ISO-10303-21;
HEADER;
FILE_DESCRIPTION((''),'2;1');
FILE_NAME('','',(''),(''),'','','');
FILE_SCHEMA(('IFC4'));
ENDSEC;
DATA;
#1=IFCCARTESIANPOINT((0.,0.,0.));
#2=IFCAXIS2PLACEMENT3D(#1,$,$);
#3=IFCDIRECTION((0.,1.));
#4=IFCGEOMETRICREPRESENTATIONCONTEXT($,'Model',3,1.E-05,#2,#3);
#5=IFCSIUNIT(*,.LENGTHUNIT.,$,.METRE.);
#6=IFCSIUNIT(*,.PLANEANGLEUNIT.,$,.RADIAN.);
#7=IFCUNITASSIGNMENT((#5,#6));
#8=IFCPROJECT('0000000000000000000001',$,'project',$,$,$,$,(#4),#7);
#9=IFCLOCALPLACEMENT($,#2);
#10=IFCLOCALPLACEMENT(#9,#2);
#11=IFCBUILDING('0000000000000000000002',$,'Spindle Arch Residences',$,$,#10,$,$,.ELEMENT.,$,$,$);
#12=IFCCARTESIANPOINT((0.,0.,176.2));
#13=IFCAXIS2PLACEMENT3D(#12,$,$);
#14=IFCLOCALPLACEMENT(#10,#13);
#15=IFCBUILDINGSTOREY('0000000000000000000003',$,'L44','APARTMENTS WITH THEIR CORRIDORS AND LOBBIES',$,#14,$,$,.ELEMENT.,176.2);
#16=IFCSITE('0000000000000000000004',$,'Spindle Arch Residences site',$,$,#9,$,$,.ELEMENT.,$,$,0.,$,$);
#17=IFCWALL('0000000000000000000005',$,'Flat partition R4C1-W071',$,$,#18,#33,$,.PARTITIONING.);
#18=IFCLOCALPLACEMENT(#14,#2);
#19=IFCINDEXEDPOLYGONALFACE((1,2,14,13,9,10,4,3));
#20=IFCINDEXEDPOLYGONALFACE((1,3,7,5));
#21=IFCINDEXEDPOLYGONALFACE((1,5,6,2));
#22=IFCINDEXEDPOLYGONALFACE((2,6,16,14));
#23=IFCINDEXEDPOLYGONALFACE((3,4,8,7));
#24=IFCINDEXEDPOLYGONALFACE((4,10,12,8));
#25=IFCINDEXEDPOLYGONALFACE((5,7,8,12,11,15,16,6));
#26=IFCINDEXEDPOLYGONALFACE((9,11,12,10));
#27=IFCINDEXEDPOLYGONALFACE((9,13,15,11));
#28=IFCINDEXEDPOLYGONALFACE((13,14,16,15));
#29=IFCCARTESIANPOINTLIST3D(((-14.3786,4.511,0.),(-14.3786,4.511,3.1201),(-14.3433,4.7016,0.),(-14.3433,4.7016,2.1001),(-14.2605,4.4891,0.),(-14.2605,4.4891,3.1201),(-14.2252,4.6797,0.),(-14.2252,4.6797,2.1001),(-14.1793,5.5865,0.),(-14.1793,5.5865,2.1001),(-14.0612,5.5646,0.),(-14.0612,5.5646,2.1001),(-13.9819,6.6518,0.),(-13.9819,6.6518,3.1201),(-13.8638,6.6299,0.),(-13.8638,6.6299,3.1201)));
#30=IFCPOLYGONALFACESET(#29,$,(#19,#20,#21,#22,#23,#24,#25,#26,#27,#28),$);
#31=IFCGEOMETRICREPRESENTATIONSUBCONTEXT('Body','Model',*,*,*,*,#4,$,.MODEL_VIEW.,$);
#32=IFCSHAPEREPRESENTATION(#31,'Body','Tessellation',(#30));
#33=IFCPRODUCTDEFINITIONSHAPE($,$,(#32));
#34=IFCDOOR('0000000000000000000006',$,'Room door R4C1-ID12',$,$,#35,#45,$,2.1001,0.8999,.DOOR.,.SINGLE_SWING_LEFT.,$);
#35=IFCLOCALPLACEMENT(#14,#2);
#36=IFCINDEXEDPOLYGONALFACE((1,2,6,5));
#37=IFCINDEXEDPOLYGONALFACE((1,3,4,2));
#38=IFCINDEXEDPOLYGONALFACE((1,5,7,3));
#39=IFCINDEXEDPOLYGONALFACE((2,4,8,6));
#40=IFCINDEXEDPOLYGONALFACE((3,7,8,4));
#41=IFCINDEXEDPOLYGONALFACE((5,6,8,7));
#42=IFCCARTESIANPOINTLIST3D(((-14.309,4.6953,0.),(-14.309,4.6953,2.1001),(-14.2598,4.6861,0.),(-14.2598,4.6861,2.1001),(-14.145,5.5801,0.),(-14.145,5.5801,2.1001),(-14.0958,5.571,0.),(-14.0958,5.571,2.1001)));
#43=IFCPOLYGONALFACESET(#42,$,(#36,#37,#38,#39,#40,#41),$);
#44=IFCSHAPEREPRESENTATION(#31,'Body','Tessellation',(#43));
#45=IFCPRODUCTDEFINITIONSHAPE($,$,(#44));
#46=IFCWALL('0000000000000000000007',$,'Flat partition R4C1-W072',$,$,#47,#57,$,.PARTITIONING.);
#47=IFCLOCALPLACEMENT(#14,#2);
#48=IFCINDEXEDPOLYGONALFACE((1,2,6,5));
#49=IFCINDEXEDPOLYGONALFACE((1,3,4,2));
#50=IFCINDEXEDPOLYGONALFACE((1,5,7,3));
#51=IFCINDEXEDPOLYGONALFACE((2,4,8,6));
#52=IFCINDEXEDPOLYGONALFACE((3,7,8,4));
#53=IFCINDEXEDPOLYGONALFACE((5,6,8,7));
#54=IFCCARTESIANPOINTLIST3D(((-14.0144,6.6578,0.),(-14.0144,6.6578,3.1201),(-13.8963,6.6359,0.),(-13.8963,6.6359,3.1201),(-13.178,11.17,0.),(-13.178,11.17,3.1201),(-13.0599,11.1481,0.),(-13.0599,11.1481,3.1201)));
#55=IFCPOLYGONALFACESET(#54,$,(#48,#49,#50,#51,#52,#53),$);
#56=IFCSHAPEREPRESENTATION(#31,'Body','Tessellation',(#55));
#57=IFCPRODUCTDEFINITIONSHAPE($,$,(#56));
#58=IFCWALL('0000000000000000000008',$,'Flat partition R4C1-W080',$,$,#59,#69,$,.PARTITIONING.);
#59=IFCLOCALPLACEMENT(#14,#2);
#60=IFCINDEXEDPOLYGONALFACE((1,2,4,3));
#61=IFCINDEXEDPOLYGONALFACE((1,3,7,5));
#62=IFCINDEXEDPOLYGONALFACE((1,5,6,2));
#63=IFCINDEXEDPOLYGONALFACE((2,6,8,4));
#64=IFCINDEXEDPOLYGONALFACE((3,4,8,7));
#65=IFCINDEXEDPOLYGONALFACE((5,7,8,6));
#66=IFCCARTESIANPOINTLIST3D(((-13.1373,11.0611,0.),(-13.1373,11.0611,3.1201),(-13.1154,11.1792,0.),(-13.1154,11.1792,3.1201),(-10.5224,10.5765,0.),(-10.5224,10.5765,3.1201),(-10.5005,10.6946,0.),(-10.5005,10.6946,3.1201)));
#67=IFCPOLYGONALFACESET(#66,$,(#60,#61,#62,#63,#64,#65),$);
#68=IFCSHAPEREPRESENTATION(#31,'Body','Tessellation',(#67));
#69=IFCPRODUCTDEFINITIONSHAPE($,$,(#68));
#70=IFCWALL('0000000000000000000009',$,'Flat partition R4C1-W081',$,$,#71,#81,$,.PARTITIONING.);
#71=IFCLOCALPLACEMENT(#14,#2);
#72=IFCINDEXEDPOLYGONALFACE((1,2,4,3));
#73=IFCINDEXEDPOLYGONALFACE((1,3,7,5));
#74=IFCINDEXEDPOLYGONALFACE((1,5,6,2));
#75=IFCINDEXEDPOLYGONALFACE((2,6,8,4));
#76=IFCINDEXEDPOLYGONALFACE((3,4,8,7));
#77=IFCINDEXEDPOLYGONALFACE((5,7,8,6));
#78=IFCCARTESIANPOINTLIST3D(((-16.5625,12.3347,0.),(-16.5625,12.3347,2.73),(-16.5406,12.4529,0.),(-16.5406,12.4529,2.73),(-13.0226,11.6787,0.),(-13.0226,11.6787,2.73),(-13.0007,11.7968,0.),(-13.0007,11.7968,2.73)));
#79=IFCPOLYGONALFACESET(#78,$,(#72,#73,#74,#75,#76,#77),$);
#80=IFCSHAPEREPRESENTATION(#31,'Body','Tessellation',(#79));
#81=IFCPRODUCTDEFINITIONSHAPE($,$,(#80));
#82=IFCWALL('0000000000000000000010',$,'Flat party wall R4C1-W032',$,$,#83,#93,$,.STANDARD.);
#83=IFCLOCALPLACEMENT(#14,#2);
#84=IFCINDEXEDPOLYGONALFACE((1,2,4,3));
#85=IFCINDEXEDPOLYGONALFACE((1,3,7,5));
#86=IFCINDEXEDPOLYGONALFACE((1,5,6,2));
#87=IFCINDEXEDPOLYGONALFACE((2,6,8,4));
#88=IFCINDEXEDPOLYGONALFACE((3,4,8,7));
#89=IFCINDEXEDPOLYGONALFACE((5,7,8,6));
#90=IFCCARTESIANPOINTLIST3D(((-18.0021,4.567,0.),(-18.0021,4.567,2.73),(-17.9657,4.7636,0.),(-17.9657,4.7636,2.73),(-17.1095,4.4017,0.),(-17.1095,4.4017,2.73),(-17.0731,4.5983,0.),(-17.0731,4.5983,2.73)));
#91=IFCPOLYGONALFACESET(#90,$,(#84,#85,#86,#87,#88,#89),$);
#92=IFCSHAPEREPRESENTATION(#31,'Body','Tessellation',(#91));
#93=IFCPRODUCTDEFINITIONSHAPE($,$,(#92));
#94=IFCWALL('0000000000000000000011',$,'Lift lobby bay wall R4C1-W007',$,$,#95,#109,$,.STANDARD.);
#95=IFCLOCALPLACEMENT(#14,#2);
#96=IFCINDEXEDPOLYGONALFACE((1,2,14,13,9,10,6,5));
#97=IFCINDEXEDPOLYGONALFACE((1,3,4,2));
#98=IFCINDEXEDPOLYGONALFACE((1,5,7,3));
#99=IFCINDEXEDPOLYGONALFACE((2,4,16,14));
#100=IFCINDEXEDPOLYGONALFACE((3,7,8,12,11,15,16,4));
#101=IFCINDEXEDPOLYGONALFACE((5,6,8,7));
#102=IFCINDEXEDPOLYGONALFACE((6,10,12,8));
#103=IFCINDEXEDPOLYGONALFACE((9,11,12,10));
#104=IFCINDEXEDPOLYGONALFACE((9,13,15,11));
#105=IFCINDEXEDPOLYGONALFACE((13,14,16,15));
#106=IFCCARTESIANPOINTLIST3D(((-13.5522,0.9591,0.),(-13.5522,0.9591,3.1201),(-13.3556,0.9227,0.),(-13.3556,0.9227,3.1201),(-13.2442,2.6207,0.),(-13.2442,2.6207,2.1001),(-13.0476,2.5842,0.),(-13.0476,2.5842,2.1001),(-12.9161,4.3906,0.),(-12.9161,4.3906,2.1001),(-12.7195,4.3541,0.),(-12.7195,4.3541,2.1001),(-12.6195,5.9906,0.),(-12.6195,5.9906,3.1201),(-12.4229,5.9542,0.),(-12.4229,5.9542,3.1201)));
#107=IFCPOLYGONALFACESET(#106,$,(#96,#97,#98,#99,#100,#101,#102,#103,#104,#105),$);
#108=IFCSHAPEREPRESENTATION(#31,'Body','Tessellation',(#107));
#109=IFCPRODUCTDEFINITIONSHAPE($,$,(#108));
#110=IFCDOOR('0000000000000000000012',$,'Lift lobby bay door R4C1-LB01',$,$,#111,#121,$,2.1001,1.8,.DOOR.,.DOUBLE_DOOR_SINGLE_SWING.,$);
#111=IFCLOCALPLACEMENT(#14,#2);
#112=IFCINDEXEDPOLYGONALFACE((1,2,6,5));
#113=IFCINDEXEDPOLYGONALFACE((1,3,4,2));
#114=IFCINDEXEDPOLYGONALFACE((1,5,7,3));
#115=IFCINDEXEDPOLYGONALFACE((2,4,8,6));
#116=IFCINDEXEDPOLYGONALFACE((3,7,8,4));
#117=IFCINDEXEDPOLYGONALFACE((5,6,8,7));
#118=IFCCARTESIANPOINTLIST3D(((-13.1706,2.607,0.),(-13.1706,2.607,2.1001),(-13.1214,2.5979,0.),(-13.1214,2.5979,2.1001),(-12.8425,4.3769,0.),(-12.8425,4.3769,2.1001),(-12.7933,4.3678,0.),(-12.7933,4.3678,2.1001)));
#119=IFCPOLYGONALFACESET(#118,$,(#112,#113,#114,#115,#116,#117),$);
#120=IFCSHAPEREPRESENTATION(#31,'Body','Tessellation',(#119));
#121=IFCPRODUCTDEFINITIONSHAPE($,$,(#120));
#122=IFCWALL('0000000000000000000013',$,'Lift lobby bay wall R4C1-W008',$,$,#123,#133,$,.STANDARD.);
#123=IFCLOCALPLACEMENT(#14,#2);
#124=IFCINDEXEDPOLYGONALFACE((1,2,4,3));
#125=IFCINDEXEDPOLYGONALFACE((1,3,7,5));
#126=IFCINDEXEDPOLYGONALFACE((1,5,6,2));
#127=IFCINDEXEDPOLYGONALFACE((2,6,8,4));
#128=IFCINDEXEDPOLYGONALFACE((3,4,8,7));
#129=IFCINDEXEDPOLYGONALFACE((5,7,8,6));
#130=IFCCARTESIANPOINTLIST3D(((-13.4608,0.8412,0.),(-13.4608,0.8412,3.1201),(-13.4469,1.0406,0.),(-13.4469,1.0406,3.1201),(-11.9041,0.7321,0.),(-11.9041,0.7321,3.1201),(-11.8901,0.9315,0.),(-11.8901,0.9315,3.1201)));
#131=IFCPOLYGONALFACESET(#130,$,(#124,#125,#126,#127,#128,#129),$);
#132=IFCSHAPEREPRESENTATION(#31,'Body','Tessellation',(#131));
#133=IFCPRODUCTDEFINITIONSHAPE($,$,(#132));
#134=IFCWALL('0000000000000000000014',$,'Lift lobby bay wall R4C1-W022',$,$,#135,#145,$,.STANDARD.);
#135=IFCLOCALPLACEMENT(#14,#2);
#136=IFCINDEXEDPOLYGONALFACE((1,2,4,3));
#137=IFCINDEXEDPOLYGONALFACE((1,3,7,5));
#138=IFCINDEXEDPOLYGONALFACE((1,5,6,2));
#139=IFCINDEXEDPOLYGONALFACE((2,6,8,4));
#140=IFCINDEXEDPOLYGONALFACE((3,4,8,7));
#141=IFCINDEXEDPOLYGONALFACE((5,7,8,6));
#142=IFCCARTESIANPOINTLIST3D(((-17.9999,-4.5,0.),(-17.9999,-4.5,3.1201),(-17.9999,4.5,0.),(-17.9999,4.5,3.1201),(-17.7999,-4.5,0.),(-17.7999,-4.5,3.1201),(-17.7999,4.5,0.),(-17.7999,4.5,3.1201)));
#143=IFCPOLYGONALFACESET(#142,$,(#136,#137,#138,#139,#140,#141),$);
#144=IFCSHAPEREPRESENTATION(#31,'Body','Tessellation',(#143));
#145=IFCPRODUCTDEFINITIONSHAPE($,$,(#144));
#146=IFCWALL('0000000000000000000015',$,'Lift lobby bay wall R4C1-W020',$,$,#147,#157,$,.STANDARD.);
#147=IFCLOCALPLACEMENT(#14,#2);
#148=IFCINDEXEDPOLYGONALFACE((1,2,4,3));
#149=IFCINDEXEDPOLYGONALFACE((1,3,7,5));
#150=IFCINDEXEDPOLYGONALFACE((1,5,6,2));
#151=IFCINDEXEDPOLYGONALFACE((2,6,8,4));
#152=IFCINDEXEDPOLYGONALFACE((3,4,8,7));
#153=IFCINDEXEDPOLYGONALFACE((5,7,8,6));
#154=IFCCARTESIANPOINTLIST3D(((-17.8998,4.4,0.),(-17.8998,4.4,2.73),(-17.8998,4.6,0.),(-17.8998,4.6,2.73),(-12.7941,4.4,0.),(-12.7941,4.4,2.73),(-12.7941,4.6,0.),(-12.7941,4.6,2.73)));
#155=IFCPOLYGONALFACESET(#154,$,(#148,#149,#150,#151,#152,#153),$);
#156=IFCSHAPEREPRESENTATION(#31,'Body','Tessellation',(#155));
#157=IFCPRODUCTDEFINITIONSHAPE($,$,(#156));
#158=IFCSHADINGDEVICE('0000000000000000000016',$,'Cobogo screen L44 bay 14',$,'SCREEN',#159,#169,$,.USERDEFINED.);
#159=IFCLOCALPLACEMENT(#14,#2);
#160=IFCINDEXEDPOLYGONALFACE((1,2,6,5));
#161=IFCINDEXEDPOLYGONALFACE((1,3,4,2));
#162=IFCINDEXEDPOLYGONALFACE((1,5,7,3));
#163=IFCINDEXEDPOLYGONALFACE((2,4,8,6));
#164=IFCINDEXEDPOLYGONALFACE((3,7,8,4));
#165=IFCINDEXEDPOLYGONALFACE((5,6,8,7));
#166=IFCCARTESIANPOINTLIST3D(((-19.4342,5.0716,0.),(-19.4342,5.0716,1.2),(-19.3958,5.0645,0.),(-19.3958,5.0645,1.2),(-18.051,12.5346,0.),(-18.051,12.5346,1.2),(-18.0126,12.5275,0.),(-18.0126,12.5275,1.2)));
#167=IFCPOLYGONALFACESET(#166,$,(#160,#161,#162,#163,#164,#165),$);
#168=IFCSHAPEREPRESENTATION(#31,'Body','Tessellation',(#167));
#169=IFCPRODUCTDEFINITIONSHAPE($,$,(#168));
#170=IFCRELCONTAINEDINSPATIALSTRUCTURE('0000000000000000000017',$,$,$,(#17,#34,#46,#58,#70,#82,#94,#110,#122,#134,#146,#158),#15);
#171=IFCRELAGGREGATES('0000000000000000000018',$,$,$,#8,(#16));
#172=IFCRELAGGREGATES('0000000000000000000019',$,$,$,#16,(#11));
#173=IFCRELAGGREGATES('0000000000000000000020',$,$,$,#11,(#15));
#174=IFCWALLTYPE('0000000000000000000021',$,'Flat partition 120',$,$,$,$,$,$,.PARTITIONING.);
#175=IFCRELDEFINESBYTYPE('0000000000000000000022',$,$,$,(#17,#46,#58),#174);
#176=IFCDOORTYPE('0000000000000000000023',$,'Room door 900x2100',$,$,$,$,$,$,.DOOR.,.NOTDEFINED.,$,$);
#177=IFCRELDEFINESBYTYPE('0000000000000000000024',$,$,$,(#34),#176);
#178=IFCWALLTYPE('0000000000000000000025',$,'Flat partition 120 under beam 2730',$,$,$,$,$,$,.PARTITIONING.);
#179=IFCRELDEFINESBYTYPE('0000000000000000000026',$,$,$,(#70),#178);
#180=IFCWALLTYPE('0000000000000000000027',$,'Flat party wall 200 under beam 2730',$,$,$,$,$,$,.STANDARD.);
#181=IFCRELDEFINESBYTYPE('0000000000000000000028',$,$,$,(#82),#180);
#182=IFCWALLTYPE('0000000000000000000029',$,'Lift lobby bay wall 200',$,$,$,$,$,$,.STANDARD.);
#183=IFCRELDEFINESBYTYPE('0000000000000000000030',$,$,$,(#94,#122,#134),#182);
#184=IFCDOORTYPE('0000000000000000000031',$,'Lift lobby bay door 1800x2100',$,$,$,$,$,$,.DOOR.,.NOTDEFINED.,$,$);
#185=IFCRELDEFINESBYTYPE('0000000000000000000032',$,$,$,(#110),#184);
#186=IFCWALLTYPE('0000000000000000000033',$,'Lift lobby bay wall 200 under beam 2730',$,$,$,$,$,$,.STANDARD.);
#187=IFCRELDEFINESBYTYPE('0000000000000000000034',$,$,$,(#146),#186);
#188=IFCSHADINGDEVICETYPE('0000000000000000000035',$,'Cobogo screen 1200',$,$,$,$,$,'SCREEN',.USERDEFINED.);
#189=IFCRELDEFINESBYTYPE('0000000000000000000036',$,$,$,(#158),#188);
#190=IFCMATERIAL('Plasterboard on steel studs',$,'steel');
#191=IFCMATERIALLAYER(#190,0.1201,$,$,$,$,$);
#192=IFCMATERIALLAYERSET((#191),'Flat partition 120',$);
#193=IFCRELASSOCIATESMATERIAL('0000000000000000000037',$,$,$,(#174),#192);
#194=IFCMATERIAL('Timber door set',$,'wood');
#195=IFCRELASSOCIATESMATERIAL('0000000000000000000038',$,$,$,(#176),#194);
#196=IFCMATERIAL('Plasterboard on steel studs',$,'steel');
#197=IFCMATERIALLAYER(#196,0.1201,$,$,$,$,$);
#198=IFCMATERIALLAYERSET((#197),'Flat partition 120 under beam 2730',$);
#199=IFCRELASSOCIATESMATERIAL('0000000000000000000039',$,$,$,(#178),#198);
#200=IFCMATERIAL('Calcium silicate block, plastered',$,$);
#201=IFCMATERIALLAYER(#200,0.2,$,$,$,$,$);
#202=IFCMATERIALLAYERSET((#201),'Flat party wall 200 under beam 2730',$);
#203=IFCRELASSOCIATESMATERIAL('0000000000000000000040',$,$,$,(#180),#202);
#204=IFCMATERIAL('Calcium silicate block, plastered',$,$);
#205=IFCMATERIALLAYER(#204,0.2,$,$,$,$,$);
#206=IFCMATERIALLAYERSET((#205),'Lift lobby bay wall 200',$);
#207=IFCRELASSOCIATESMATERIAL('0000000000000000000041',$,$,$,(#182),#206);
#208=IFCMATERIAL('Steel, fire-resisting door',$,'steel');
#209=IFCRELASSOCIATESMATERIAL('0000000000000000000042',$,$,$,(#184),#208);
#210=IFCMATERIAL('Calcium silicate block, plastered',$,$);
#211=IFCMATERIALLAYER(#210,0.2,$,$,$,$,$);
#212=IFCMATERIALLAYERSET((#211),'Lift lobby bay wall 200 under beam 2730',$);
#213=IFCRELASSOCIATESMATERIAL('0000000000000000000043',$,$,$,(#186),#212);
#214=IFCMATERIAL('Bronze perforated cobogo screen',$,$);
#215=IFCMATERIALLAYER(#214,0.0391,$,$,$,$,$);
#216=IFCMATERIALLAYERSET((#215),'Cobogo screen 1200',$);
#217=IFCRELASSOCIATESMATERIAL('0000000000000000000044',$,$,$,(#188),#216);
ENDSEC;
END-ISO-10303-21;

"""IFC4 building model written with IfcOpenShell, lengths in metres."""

from ifc_helpers import new_model, si_unit, direction, frame, frame_2d, origin, origin_2d, place, context, subcontext, project, spatial, rectangle, extrude, material, layer, layer_set, type_object, element, fill, save


model = new_model("IFC4")

# Units and contexts
model_context = context("Model", 3, precision=1e-05, world=origin(), true_north=direction((0.0, 1.0)))
body_context = subcontext(model_context, "Body", "Model", "MODEL_VIEW")
ifc_project = project(units=[si_unit("LENGTHUNIT", "METRE"), si_unit("PLANEANGLEUNIT", "RADIAN")], contexts=[model_context])

# Site, building, storey
site_placement = place(None, origin())
site = spatial("IfcSite", under=ifc_project, at=site_placement, Name="Spindle Arch Residences site", CompositionType="ELEMENT", RefElevation=0.0)
building_placement = place(site_placement, origin())
building = spatial("IfcBuilding", under=site, at=building_placement, Name="Spindle Arch Residences", CompositionType="ELEMENT")
storey_placement = place(building_placement, frame((0.0, 0.0, 176.2)))
storey = spatial("IfcBuildingStorey", under=building, at=storey_placement, Name="L44", Description="APARTMENTS WITH THEIR CORRIDORS AND LOBBIES", CompositionType="ELEMENT", Elevation=176.2)

# Wall, opening, door
ifc_material_1 = material(Name="Plasterboard on steel studs", Category="steel")
ifc_layer_1 = layer(ifc_material_1, 0.1201)
ifc_layer_set_1 = layer_set([ifc_layer_1], Name="Flat partition 120")
wall_type_1 = type_object("IfcWallType", Name="Flat partition 120", PredefinedType="PARTITIONING", material=ifc_layer_set_1)
wall_1_placement = place(storey_placement, frame((-13.9229, 6.6409, 0.0), z_axis=(0.0, 0.0, 1.0), x_axis=(-0.18221, -0.98326, 0.0)))
wall_1 = element("IfcWall", 1, at=wall_1_placement, inside=storey, type_object=wall_type_1, Name="Flat partition R4C1-W071", PredefinedType="PARTITIONING", context=body_context, shape_type="SweptSolid", body=[
    extrude(rectangle(XDim=2.1772, YDim=0.1201, at=frame_2d((1.0886, 0.0))), origin(), (0.0, 0.0, 1.0), 3.1201),
])
opening_1_placement = place(wall_1_placement, frame((1.0835, 0.0, 0.0)))
opening_1 = element("IfcOpeningElement", 2, at=opening_1_placement, cuts=wall_1, PredefinedType="OPENING", context=body_context, shape_type="SweptSolid", body=[
    extrude(rectangle(XDim=0.8999, YDim=2.1001, at=frame_2d((0.45, 1.05))), frame((0.0, 0.0701, 0.0), z_axis=(0.0, -1.0, 0.0), x_axis=(1.0, 0.0, 0.0)), (0.0, 0.0, 1.0), 0.1401),
])
ifc_material_2 = material(Name="Timber door set", Category="wood")
door_type_1 = type_object("IfcDoorType", Name="Room door 900x2100", OperationType="NOTDEFINED", PredefinedType="DOOR", material=ifc_material_2)
door_1_placement = place(opening_1_placement, origin())
door_1 = element("IfcDoor", 3, at=door_1_placement, inside=storey, type_object=door_type_1, Name="Room door R4C1-ID12", OperationType="SINGLE_SWING_LEFT", OverallHeight=2.1001, OverallWidth=0.8999, PredefinedType="DOOR", context=body_context, shape_type="SweptSolid", body=[
    extrude(rectangle(XDim=0.8999, YDim=2.1001, at=frame_2d((0.45, 1.05))), frame((0.0, 0.0249, 0.0), z_axis=(0.0, -1.0, 0.0), x_axis=(1.0, 0.0, 0.0)), (0.0, 0.0, 1.0), 0.05),
])
fill(opening_1, door_1)

# Walls
wall_2_placement = place(storey_placement, frame((-13.9553, 6.647, 0.0), z_axis=(0.0, 0.0, 1.0), x_axis=(0.182265, 0.98325, 0.0)))
element("IfcWall", 4, at=wall_2_placement, inside=storey, type_object=wall_type_1, Name="Flat partition R4C1-W072", PredefinedType="PARTITIONING", context=body_context, shape_type="SweptSolid", body=[
    extrude(rectangle(XDim=4.5891, YDim=0.1201, at=frame_2d((2.2944, 0.0))), origin(), (0.0, 0.0, 1.0), 3.1201),
])
wall_3_placement = place(storey_placement, frame((-13.1262, 11.1201, 0.0), z_axis=(0.0, 0.0, 1.0), x_axis=(0.983258, -0.182221, 0.0)))
element("IfcWall", 5, at=wall_3_placement, inside=storey, type_object=wall_type_1, Name="Flat partition R4C1-W080", PredefinedType="PARTITIONING", context=body_context, shape_type="SweptSolid", body=[
    extrude(rectangle(XDim=2.6594, YDim=0.1201, at=frame_2d((1.3296, 0.0))), origin(), (0.0, 0.0, 1.0), 3.1201),
])
ifc_material_3 = material(Name="Plasterboard on steel studs", Category="steel")
ifc_layer_2 = layer(ifc_material_3, 0.1201)
ifc_layer_set_2 = layer_set([ifc_layer_2], Name="Flat partition 120 under beam 2730")
wall_type_2 = type_object("IfcWallType", Name="Flat partition 120 under beam 2730", PredefinedType="PARTITIONING", material=ifc_layer_set_2)
wall_4_placement = place(storey_placement, frame((-16.5515, 12.3938, 0.0), z_axis=(0.0, 0.0, 1.0), x_axis=(0.983258, -0.18222, 0.0)))
element("IfcWall", 6, at=wall_4_placement, inside=storey, type_object=wall_type_2, Name="Flat partition R4C1-W081", PredefinedType="PARTITIONING", context=body_context, shape_type="SweptSolid", body=[
    extrude(rectangle(XDim=3.6001, YDim=0.1201, at=frame_2d((1.8, 0.0))), origin(), (0.0, 0.0, 1.0), 2.73),
])
ifc_material_4 = material(Name="Calcium silicate block, plastered")
ifc_layer_3 = layer(ifc_material_4, 0.2)
ifc_layer_set_3 = layer_set([ifc_layer_3], Name="Flat party wall 200 under beam 2730")
wall_type_3 = type_object("IfcWallType", Name="Flat party wall 200 under beam 2730", PredefinedType="STANDARD", material=ifc_layer_set_3)
wall_5_placement = place(storey_placement, frame((-17.9839, 4.6653, 0.0), z_axis=(0.0, 0.0, 1.0), x_axis=(0.983284, -0.18208, 0.0)))
element("IfcWall", 7, at=wall_5_placement, inside=storey, type_object=wall_type_3, Name="Flat party wall R4C1-W032", PredefinedType="STANDARD", context=body_context, shape_type="SweptSolid", body=[
    extrude(rectangle(XDim=0.9077, YDim=0.2, at=frame_2d((0.4539, 0.0))), origin(), (0.0, 0.0, 1.0), 2.73),
])

# Wall, opening, door
ifc_material_5 = material(Name="Calcium silicate block, plastered")
ifc_layer_4 = layer(ifc_material_5, 0.2)
ifc_layer_set_4 = layer_set([ifc_layer_4], Name="Lift lobby bay wall 200")
wall_type_4 = type_object("IfcWallType", Name="Lift lobby bay wall 200", PredefinedType="STANDARD", material=ifc_layer_set_4)
wall_6_placement = place(storey_placement, frame((-12.5212, 5.9724, 0.0), z_axis=(0.0, 0.0, 1.0), x_axis=(-0.182252, -0.983252, 0.0)))
wall_6 = element("IfcWall", 8, at=wall_6_placement, inside=storey, type_object=wall_type_4, Name="Lift lobby bay wall R4C1-W007", PredefinedType="STANDARD", context=body_context, shape_type="SweptSolid", body=[
    extrude(rectangle(XDim=5.1172, YDim=0.2, at=frame_2d((2.5586, 0.0))), origin(), (0.0, 0.0, 1.0), 3.1201),
])
opening_2_placement = place(wall_6_placement, frame((1.6274, 0.0, 0.0)))
opening_2 = element("IfcOpeningElement", 9, at=opening_2_placement, cuts=wall_6, PredefinedType="OPENING", context=body_context, shape_type="SweptSolid", body=[
    extrude(rectangle(XDim=1.8, YDim=2.1001, at=frame_2d((0.8999, 1.05))), frame((0.0, 0.1099, 0.0), z_axis=(0.0, -1.0, 0.0), x_axis=(1.0, 0.0, 0.0)), (0.0, 0.0, 1.0), 0.22),
])
ifc_material_6 = material(Name="Steel, fire-resisting door", Category="steel")
door_type_2 = type_object("IfcDoorType", Name="Lift lobby bay door 1800x2100", OperationType="NOTDEFINED", PredefinedType="DOOR", material=ifc_material_6)
door_2_placement = place(opening_2_placement, origin())
door_2 = element("IfcDoor", 10, at=door_2_placement, inside=storey, type_object=door_type_2, Name="Lift lobby bay door R4C1-LB01", OperationType="DOUBLE_DOOR_SINGLE_SWING", OverallHeight=2.1001, OverallWidth=1.8, PredefinedType="DOOR", context=body_context, shape_type="SweptSolid", body=[
    extrude(rectangle(XDim=1.8, YDim=2.1001, at=frame_2d((0.8999, 1.05))), frame((0.0, 0.0249, 0.0), z_axis=(0.0, -1.0, 0.0), x_axis=(1.0, 0.0, 0.0)), (0.0, 0.0, 1.0), 0.05),
])
fill(opening_2, door_2)

# Walls
wall_7_placement = place(storey_placement, frame((-13.4539, 0.9409, 0.0), z_axis=(0.0, 0.0, 1.0), x_axis=(0.997552, -0.069935, 0.0)))
element("IfcWall", 11, at=wall_7_placement, inside=storey, type_object=wall_type_4, Name="Lift lobby bay wall R4C1-W008", PredefinedType="STANDARD", context=body_context, shape_type="SweptSolid", body=[
    extrude(rectangle(XDim=1.5605, YDim=0.2, at=frame_2d((0.7803, 0.0))), origin(), (0.0, 0.0, 1.0), 3.1201),
])
wall_8_placement = place(storey_placement, frame((-17.8999, 4.5, 0.0), z_axis=(0.0, 0.0, 1.0), x_axis=(0.0, -1.0, 0.0)))
element("IfcWall", 12, at=wall_8_placement, inside=storey, type_object=wall_type_4, Name="Lift lobby bay wall R4C1-W022", PredefinedType="STANDARD", context=body_context, shape_type="SweptSolid", body=[
    extrude(rectangle(XDim=9.0, YDim=0.2, at=frame_2d((4.5, 0.0))), origin(), (0.0, 0.0, 1.0), 3.1201),
])
ifc_material_7 = material(Name="Calcium silicate block, plastered")
ifc_layer_5 = layer(ifc_material_7, 0.2)
ifc_layer_set_5 = layer_set([ifc_layer_5], Name="Lift lobby bay wall 200 under beam 2730")
wall_type_5 = type_object("IfcWallType", Name="Lift lobby bay wall 200 under beam 2730", PredefinedType="STANDARD", material=ifc_layer_set_5)
wall_9_placement = place(storey_placement, frame((-12.7942, 4.5, 0.0), z_axis=(0.0, 0.0, 1.0), x_axis=(-1.0, 0.0, 0.0)))
element("IfcWall", 13, at=wall_9_placement, inside=storey, type_object=wall_type_5, Name="Lift lobby bay wall R4C1-W020", PredefinedType="STANDARD", context=body_context, shape_type="SweptSolid", body=[
    extrude(rectangle(XDim=5.1057, YDim=0.2, at=frame_2d((2.5527, 0.0))), origin(), (0.0, 0.0, 1.0), 2.73),
])

# Shading device
ifc_material_8 = material(Name="Bronze perforated cobogo screen")
ifc_layer_6 = layer(ifc_material_8, 0.0391)
ifc_layer_set_6 = layer_set([ifc_layer_6], Name="Cobogo screen 1200")
shading_device_type = type_object("IfcShadingDeviceType", Name="Cobogo screen 1200", ElementType="SCREEN", PredefinedType="USERDEFINED", material=ifc_layer_set_6)
shading_device_placement = place(storey_placement, frame((-18.7234, 8.7996, 0.0), z_axis=(0.0, 0.0, 1.0), x_axis=(-0.182236, -0.983255, 0.0)))
element("IfcShadingDevice", 14, at=shading_device_placement, inside=storey, type_object=shading_device_type, Name="Cobogo screen L44 bay 14", ObjectType="SCREEN", PredefinedType="USERDEFINED", context=body_context, shape_type="SweptSolid", body=[
    extrude(rectangle(XDim=7.5901, YDim=0.0391, at=origin_2d()), origin(), (0.0, 0.0, 1.0), 1.2),
])

save(model, "model.ifc")
